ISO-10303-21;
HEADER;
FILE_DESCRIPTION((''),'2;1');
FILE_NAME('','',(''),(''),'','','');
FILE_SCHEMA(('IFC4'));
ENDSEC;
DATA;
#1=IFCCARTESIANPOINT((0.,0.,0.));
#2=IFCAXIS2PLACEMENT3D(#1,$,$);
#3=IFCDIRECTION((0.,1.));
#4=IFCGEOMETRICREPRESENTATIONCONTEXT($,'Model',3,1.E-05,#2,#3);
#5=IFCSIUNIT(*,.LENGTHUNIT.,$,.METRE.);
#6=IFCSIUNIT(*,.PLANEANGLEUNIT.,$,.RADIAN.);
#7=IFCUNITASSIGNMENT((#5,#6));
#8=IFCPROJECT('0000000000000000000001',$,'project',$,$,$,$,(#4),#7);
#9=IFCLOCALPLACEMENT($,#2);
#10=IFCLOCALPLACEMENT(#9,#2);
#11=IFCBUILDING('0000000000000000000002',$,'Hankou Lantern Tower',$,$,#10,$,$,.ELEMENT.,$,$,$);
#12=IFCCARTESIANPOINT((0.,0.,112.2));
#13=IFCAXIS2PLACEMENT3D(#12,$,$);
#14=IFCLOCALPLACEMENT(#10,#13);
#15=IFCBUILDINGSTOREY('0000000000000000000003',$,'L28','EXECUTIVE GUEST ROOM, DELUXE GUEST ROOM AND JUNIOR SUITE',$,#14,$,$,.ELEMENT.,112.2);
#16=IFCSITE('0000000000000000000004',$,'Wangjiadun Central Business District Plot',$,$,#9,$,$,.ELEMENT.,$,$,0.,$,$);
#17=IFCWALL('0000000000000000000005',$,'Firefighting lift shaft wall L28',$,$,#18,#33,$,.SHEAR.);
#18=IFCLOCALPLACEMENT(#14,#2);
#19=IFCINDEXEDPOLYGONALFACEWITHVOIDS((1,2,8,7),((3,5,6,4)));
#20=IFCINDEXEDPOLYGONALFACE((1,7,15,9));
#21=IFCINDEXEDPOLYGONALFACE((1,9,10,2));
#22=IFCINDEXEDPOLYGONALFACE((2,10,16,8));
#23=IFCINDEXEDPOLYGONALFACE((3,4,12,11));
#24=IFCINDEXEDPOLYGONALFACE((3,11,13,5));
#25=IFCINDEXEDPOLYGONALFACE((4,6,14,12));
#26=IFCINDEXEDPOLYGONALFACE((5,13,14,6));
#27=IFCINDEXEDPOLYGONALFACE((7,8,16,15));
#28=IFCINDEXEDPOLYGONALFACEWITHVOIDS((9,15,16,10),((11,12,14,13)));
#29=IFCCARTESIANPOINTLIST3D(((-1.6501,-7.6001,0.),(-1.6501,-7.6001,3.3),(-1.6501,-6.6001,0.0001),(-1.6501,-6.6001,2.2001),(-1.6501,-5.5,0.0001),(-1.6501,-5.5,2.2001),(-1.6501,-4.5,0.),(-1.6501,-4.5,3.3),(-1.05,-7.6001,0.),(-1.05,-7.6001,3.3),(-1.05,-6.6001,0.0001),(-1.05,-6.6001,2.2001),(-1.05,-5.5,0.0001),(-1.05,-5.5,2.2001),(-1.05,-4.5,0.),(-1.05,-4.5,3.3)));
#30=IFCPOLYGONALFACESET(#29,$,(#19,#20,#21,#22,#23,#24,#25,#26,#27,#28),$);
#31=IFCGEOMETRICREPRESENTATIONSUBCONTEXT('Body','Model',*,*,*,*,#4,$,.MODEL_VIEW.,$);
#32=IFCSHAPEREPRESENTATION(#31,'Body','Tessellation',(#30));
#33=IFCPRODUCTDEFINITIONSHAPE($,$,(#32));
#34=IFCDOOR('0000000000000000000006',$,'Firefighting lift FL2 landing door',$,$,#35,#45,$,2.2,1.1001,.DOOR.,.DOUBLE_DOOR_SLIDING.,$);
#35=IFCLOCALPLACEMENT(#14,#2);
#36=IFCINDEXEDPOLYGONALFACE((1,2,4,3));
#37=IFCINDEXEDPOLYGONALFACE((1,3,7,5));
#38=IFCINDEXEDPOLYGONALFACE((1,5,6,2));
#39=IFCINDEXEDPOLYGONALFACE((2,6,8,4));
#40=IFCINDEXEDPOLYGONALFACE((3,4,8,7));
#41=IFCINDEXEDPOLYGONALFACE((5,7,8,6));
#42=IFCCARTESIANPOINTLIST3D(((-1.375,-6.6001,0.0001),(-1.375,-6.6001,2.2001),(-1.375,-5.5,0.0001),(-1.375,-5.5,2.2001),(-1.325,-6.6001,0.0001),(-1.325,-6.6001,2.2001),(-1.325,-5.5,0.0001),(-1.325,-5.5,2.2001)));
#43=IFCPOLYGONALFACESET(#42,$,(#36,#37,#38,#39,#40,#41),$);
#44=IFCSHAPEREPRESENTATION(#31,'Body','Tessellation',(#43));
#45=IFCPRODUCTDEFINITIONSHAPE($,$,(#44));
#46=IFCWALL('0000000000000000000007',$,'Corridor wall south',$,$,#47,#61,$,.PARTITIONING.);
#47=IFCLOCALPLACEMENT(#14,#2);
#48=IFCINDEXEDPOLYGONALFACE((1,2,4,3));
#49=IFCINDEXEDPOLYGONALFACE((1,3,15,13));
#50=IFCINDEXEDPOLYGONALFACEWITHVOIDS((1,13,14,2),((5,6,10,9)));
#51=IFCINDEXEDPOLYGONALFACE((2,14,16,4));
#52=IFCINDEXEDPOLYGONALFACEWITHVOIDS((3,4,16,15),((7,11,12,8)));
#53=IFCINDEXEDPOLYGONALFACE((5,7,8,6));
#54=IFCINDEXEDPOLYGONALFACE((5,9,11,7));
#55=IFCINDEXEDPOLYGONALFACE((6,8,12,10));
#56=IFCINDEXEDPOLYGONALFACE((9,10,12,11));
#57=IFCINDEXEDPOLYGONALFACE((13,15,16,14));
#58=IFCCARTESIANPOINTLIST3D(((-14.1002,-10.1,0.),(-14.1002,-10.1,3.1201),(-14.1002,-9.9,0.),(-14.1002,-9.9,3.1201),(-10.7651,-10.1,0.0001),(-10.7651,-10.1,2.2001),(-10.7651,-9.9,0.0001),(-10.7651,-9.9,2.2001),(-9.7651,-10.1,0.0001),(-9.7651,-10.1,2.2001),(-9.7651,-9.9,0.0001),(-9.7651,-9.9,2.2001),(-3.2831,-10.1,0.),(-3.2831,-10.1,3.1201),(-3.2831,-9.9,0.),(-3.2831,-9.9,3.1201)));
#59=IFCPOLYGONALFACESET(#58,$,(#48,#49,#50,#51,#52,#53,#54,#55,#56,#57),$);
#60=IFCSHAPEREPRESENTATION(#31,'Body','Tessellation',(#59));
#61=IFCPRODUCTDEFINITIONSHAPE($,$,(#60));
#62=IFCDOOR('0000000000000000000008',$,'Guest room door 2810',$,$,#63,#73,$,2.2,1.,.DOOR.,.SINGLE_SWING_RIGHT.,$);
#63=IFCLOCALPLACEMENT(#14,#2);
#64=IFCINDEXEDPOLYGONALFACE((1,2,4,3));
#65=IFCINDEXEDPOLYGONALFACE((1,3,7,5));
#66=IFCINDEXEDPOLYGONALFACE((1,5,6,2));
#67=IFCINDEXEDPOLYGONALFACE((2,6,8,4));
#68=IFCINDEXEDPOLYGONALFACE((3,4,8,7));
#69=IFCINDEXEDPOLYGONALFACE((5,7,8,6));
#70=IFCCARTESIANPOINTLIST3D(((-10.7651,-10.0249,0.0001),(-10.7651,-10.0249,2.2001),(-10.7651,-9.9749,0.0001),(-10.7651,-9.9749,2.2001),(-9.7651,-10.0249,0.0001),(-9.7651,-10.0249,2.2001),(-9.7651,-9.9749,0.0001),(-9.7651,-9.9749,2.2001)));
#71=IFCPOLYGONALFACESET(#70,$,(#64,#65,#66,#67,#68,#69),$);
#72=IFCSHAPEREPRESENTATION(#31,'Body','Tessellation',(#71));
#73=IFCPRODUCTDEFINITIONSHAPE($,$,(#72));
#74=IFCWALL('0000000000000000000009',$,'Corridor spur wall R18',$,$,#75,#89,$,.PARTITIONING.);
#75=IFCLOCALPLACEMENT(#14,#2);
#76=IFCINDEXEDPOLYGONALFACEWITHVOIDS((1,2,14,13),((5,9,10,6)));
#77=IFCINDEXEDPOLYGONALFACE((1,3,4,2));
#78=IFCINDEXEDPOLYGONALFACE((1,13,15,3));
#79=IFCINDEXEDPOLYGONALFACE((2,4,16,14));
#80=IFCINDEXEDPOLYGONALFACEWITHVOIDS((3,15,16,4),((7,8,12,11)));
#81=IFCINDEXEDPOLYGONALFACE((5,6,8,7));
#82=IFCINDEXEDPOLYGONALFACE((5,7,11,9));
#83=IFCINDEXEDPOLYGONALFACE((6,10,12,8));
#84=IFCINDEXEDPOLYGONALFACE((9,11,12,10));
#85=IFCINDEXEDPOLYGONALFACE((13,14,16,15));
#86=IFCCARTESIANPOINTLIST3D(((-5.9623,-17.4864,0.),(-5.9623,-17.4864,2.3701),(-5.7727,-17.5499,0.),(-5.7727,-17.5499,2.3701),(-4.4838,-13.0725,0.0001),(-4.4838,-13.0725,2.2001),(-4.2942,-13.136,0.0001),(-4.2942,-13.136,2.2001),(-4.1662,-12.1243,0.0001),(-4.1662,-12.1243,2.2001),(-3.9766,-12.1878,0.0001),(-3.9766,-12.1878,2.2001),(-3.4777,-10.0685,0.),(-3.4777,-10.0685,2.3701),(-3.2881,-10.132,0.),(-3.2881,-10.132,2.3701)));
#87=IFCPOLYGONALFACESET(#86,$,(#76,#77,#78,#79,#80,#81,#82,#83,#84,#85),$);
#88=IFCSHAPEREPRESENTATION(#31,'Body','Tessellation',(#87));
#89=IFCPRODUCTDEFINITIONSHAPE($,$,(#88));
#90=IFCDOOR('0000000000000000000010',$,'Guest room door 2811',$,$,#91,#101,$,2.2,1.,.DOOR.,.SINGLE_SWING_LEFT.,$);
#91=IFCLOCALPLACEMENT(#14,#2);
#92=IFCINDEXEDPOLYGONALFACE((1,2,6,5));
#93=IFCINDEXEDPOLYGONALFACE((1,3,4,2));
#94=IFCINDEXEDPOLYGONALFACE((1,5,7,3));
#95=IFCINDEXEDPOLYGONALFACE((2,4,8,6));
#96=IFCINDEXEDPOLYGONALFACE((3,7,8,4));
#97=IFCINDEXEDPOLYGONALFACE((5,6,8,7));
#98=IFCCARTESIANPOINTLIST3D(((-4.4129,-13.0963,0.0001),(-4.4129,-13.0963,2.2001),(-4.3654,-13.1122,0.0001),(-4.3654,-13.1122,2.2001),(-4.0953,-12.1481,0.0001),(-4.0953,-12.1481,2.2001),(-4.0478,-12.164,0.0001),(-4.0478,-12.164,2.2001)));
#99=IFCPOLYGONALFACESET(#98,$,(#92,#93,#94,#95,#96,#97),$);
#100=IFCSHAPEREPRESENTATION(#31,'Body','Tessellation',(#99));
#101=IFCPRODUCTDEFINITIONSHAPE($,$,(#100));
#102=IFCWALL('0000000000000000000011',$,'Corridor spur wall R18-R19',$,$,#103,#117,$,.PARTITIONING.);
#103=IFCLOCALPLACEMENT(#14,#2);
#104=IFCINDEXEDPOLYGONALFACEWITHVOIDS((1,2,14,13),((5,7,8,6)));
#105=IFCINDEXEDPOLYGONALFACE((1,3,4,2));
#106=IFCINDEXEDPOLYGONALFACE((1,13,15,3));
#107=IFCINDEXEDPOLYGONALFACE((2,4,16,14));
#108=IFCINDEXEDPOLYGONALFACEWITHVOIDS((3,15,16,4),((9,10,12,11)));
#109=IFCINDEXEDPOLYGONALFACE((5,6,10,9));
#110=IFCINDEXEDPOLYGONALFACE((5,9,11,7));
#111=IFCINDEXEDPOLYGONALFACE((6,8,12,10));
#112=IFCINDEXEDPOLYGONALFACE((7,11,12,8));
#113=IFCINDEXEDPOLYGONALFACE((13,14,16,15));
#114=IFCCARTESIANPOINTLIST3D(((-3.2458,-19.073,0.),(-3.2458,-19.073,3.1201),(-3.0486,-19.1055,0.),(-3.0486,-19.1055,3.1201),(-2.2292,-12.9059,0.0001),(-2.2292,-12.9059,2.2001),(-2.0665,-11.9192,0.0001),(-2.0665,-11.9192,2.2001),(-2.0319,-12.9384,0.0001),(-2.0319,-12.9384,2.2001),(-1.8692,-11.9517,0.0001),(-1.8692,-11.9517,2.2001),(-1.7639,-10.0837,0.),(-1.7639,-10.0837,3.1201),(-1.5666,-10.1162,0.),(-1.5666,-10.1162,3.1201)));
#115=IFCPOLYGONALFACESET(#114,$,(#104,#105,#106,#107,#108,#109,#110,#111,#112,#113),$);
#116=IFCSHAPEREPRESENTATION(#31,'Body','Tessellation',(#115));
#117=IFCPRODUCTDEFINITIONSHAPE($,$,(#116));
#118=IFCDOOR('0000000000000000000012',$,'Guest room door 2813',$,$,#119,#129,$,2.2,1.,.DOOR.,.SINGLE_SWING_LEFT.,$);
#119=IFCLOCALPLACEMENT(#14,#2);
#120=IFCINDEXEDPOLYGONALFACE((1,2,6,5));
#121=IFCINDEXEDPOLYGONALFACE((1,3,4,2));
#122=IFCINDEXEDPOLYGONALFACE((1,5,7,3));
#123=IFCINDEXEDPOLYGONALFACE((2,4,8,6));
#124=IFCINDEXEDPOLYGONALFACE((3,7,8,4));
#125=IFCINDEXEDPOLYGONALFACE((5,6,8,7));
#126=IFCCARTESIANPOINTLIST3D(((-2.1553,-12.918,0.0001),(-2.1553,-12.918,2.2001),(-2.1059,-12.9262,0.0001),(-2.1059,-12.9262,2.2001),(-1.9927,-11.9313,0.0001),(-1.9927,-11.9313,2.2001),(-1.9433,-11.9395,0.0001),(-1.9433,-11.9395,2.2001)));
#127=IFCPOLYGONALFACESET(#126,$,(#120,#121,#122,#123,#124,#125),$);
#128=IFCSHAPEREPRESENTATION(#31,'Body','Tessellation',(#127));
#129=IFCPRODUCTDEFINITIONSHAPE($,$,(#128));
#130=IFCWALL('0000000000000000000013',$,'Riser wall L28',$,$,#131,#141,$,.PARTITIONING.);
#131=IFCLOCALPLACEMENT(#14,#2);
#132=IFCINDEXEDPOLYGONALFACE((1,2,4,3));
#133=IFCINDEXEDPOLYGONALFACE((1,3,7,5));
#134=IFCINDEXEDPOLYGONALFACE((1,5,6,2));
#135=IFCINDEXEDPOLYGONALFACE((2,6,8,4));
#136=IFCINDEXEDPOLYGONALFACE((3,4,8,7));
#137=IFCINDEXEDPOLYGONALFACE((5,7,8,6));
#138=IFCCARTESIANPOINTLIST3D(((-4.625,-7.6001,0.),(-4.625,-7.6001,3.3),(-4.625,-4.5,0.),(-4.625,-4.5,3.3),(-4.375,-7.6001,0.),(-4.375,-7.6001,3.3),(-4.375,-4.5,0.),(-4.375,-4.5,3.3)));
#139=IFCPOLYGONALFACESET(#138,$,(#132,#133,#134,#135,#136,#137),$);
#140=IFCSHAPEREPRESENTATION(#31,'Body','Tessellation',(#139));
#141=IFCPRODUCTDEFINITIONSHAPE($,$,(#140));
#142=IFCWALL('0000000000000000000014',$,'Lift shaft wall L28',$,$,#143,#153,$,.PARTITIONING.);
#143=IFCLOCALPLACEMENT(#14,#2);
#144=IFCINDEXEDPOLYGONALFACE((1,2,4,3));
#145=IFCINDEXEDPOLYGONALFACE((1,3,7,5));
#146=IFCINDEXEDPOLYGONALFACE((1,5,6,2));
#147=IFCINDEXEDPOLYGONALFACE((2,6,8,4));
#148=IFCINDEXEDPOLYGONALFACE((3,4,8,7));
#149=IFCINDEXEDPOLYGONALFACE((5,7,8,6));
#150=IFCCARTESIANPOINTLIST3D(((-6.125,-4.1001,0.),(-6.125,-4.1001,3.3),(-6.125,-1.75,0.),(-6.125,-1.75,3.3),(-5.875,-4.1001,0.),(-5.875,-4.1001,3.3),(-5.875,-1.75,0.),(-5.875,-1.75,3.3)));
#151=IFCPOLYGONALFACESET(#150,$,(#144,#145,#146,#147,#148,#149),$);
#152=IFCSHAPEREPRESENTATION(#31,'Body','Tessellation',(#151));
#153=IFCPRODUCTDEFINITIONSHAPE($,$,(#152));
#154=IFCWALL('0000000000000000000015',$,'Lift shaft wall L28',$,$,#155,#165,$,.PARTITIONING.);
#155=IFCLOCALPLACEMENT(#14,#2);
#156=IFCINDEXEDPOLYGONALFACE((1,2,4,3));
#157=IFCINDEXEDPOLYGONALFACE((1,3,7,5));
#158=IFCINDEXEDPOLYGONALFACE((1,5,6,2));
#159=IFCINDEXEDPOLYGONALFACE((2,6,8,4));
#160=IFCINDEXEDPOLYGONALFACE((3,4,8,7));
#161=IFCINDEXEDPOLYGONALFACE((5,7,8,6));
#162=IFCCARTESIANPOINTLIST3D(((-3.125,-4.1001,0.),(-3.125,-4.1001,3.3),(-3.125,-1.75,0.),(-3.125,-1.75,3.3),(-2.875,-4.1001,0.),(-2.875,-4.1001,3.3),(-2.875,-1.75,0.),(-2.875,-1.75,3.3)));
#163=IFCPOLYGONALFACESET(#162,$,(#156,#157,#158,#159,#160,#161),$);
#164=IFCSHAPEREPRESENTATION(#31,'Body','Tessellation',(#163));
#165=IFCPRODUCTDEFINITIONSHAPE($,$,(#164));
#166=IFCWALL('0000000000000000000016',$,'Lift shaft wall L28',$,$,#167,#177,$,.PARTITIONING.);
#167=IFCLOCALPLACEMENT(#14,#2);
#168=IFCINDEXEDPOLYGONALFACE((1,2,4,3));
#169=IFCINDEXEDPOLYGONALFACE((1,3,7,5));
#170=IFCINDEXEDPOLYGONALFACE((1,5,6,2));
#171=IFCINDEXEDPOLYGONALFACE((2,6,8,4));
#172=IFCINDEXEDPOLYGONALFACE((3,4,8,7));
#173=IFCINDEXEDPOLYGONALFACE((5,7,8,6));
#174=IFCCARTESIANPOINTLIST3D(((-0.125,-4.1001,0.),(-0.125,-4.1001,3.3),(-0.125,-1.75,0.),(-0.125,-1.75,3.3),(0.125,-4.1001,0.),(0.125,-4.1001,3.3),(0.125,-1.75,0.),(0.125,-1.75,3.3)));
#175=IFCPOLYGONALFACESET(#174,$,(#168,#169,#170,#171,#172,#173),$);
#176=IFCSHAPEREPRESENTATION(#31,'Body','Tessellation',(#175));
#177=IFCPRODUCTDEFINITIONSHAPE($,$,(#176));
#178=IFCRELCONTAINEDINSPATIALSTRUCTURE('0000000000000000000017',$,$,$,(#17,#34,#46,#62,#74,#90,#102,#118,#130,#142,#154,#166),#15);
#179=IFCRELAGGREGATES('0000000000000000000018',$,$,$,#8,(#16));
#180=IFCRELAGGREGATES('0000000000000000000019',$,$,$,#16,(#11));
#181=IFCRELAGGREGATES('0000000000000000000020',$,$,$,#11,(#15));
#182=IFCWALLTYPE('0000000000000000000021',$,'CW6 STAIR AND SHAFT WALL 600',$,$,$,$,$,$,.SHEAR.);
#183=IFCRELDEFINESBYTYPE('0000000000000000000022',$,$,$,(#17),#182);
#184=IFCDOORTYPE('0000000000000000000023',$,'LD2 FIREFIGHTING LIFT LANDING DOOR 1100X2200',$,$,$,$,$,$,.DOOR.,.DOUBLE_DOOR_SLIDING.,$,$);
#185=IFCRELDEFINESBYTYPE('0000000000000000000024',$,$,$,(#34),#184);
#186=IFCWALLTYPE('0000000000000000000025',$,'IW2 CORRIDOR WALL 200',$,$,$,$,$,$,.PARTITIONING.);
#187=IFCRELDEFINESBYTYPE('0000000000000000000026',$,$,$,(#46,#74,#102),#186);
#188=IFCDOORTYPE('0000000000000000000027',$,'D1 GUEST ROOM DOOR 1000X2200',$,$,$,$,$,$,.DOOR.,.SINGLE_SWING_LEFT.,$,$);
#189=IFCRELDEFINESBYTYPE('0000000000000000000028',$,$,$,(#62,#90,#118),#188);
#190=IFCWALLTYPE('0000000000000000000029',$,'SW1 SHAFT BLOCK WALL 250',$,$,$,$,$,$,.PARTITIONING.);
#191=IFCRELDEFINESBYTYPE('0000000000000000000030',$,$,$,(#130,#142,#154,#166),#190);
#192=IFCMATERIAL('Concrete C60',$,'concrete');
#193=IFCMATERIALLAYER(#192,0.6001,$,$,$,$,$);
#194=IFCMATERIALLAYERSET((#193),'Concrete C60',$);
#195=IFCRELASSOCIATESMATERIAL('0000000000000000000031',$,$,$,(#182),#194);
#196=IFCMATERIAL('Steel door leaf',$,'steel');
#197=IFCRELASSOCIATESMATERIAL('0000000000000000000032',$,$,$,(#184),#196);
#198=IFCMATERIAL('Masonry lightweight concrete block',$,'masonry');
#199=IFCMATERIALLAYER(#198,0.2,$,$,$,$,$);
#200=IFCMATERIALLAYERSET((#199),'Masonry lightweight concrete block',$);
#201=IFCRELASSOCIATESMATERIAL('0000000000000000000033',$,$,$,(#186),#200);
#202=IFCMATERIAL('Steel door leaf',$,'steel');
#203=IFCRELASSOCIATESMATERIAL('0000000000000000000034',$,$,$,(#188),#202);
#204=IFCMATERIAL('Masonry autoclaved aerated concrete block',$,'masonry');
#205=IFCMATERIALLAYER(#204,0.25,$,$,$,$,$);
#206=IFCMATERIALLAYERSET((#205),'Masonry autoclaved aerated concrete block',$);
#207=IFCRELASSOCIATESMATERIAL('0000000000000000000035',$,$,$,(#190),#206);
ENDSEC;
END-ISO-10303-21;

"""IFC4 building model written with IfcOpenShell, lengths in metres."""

from ifc_helpers import new_model, si_unit, direction, frame, frame_2d, origin, place, context, subcontext, project, spatial, rectangle, extrude, material, layer, layer_set, type_object, element, fill, save


model = new_model("IFC4")

# Units and contexts
model_context = context("Model", 3, precision=1e-05, world=origin(), true_north=direction((0.0, 1.0)))
body_context = subcontext(model_context, "Body", "Model", "MODEL_VIEW")
ifc_project = project(units=[si_unit("LENGTHUNIT", "METRE"), si_unit("PLANEANGLEUNIT", "RADIAN")], contexts=[model_context])

# Site, building, storey
site_placement = place(None, origin())
site = spatial("IfcSite", under=ifc_project, at=site_placement, Name="Wangjiadun Central Business District Plot", CompositionType="ELEMENT", RefElevation=0.0)
building_placement = place(site_placement, origin())
building = spatial("IfcBuilding", under=site, at=building_placement, Name="Hankou Lantern Tower", CompositionType="ELEMENT")
storey_placement = place(building_placement, frame((0.0, 0.0, 112.2)))
storey = spatial("IfcBuildingStorey", under=building, at=storey_placement, Name="L28", Description="EXECUTIVE GUEST ROOM, DELUXE GUEST ROOM AND JUNIOR SUITE", CompositionType="ELEMENT", Elevation=112.2)

# Walls, openings, doors
ifc_material_1 = material(Name="Concrete C60", Category="concrete")
ifc_layer_1 = layer(ifc_material_1, 0.6001)
ifc_layer_set_1 = layer_set([ifc_layer_1], Name="Concrete C60")
wall_type_1 = type_object("IfcWallType", Name="CW6 STAIR AND SHAFT WALL 600", PredefinedType="SHEAR", material=ifc_layer_set_1)
wall_1_placement = place(storey_placement, frame((-1.3501, -7.6001, 0.0), z_axis=(0.0, 0.0, 1.0), x_axis=(0.0, 1.0, 0.0)))
wall_1 = element("IfcWall", 1, at=wall_1_placement, inside=storey, type_object=wall_type_1, Name="Firefighting lift shaft wall L28", PredefinedType="SHEAR", context=body_context, shape_type="SweptSolid", body=[
    extrude(rectangle(XDim=3.1001, YDim=0.6001, at=frame_2d((1.55, 0.0))), origin(), (0.0, 0.0, 1.0), 3.3),
])
opening_1_placement = place(wall_1_placement, frame((1.0, 0.0, 0.0)))
opening_1 = element("IfcOpeningElement", 2, at=opening_1_placement, cuts=wall_1, PredefinedType="OPENING", context=body_context, shape_type="SweptSolid", body=[
    extrude(rectangle(XDim=1.1001, YDim=2.2, at=frame_2d((0.55, 1.1001))), frame((0.0, 0.3101, 0.0), z_axis=(0.0, -1.0, 0.0), x_axis=(1.0, 0.0, 0.0)), (0.0, 0.0, 1.0), 0.6201),
])
ifc_material_2 = material(Name="Steel door leaf", Category="steel")
door_type_1 = type_object("IfcDoorType", Name="LD2 FIREFIGHTING LIFT LANDING DOOR 1100X2200", OperationType="DOUBLE_DOOR_SLIDING", PredefinedType="DOOR", material=ifc_material_2)
door_1_placement = place(opening_1_placement, origin())
door_1 = element("IfcDoor", 3, at=door_1_placement, inside=storey, type_object=door_type_1, Name="Firefighting lift FL2 landing door", OperationType="DOUBLE_DOOR_SLIDING", OverallHeight=2.2, OverallWidth=1.1001, PredefinedType="DOOR", context=body_context, shape_type="SweptSolid", body=[
    extrude(rectangle(XDim=1.1001, YDim=2.2, at=frame_2d((0.55, 1.1001))), frame((0.0, 0.0249, 0.0), z_axis=(0.0, -1.0, 0.0), x_axis=(1.0, 0.0, 0.0)), (0.0, 0.0, 1.0), 0.05),
])
fill(opening_1, door_1)
ifc_material_3 = material(Name="Masonry lightweight concrete block", Category="masonry")
ifc_layer_2 = layer(ifc_material_3, 0.2)
ifc_layer_set_2 = layer_set([ifc_layer_2], Name="Masonry lightweight concrete block")
wall_type_2 = type_object("IfcWallType", Name="IW2 CORRIDOR WALL 200", PredefinedType="PARTITIONING", material=ifc_layer_set_2)
wall_2_placement = place(storey_placement, frame((-3.283, -10.0, 0.0), z_axis=(0.0, 0.0, 1.0), x_axis=(-1.0, 0.0, 0.0)))
wall_2 = element("IfcWall", 4, at=wall_2_placement, inside=storey, type_object=wall_type_2, Name="Corridor wall south", PredefinedType="PARTITIONING", context=body_context, shape_type="SweptSolid", body=[
    extrude(rectangle(XDim=10.8171, YDim=0.2, at=frame_2d((5.4087, 0.0))), origin(), (0.0, 0.0, 1.0), 3.1201),
])
opening_2_placement = place(wall_2_placement, frame((6.4822, 0.0, 0.0)))
opening_2 = element("IfcOpeningElement", 5, at=opening_2_placement, cuts=wall_2, PredefinedType="OPENING", context=body_context, shape_type="SweptSolid", body=[
    extrude(rectangle(XDim=1.0, YDim=2.2, at=frame_2d((0.5, 1.1001))), frame((0.0, 0.1099, 0.0), z_axis=(0.0, -1.0, 0.0), x_axis=(1.0, 0.0, 0.0)), (0.0, 0.0, 1.0), 0.22),
])
ifc_material_4 = material(Name="Steel door leaf", Category="steel")
door_type_2 = type_object("IfcDoorType", Name="D1 GUEST ROOM DOOR 1000X2200", OperationType="SINGLE_SWING_LEFT", PredefinedType="DOOR", material=ifc_material_4)
door_2_placement = place(opening_2_placement, origin())
door_2 = element("IfcDoor", 6, at=door_2_placement, inside=storey, type_object=door_type_2, Name="Guest room door 2810", OperationType="SINGLE_SWING_RIGHT", OverallHeight=2.2, OverallWidth=1.0, PredefinedType="DOOR", context=body_context, shape_type="SweptSolid", body=[
    extrude(rectangle(XDim=1.0, YDim=2.2, at=frame_2d((0.5, 1.1001))), frame((0.0, 0.0249, 0.0), z_axis=(0.0, -1.0, 0.0), x_axis=(1.0, 0.0, 0.0)), (0.0, 0.0, 1.0), 0.05),
])
fill(opening_2, door_2)
wall_3_placement = place(storey_placement, frame((-3.3828, -10.1001, 0.0), z_axis=(0.0, 0.0, 1.0), x_axis=(-0.317604, -0.948224, 0.0)))
wall_3 = element("IfcWall", 7, at=wall_3_placement, inside=storey, type_object=wall_type_2, Name="Corridor spur wall R18", PredefinedType="PARTITIONING", context=body_context, shape_type="SweptSolid", body=[
    extrude(rectangle(XDim=7.823, YDim=0.2, at=frame_2d((3.9116, 0.0))), origin(), (0.0, 0.0, 1.0), 2.3701),
])
opening_3_placement = place(wall_3_placement, frame((2.1682, 0.0, 0.0)))
opening_3 = element("IfcOpeningElement", 8, at=opening_3_placement, cuts=wall_3, PredefinedType="OPENING", context=body_context, shape_type="SweptSolid", body=[
    extrude(rectangle(XDim=1.0, YDim=2.2, at=frame_2d((0.5, 1.1001))), frame((0.0, 0.1099, 0.0), z_axis=(0.0, -1.0, 0.0), x_axis=(1.0, 0.0, 0.0)), (0.0, 0.0, 1.0), 0.22),
])
door_3_placement = place(opening_3_placement, origin())
door_3 = element("IfcDoor", 9, at=door_3_placement, inside=storey, type_object=door_type_2, Name="Guest room door 2811", OperationType="SINGLE_SWING_LEFT", OverallHeight=2.2, OverallWidth=1.0, PredefinedType="DOOR", context=body_context, shape_type="SweptSolid", body=[
    extrude(rectangle(XDim=1.0, YDim=2.2, at=frame_2d((0.5, 1.1001))), frame((0.0, 0.0249, 0.0), z_axis=(0.0, -1.0, 0.0), x_axis=(1.0, 0.0, 0.0)), (0.0, 0.0, 1.0), 0.05),
])
fill(opening_3, door_3)
wall_4_placement = place(storey_placement, frame((-1.6653, -10.1001, 0.0), z_axis=(0.0, 0.0, 1.0), x_axis=(-0.162661, -0.986682, 0.0)))
wall_4 = element("IfcWall", 10, at=wall_4_placement, inside=storey, type_object=wall_type_2, Name="Corridor spur wall R18-R19", PredefinedType="PARTITIONING", context=body_context, shape_type="SweptSolid", body=[
    extrude(rectangle(XDim=9.1106, YDim=0.2, at=frame_2d((4.5552, 0.0))), origin(), (0.0, 0.0, 1.0), 3.1201),
])
opening_4_placement = place(wall_4_placement, frame((1.8601, 0.0, 0.0)))
opening_4 = element("IfcOpeningElement", 11, at=opening_4_placement, cuts=wall_4, PredefinedType="OPENING", context=body_context, shape_type="SweptSolid", body=[
    extrude(rectangle(XDim=1.0, YDim=2.2, at=frame_2d((0.5, 1.1001))), frame((0.0, 0.1099, 0.0), z_axis=(0.0, -1.0, 0.0), x_axis=(1.0, 0.0, 0.0)), (0.0, 0.0, 1.0), 0.22),
])
door_4_placement = place(opening_4_placement, origin())
door_4 = element("IfcDoor", 12, at=door_4_placement, inside=storey, type_object=door_type_2, Name="Guest room door 2813", OperationType="SINGLE_SWING_LEFT", OverallHeight=2.2, OverallWidth=1.0, PredefinedType="DOOR", context=body_context, shape_type="SweptSolid", body=[
    extrude(rectangle(XDim=1.0, YDim=2.2, at=frame_2d((0.5, 1.1001))), frame((0.0, 0.0249, 0.0), z_axis=(0.0, -1.0, 0.0), x_axis=(1.0, 0.0, 0.0)), (0.0, 0.0, 1.0), 0.05),
])
fill(opening_4, door_4)

# Walls
ifc_material_5 = material(Name="Masonry autoclaved aerated concrete block", Category="masonry")
ifc_layer_3 = layer(ifc_material_5, 0.25)
ifc_layer_set_3 = layer_set([ifc_layer_3], Name="Masonry autoclaved aerated concrete block")
wall_type_3 = type_object("IfcWallType", Name="SW1 SHAFT BLOCK WALL 250", PredefinedType="PARTITIONING", material=ifc_layer_set_3)
wall_5_placement = place(storey_placement, frame((-4.5, -7.6001, 0.0), z_axis=(0.0, 0.0, 1.0), x_axis=(0.0, 1.0, 0.0)))
element("IfcWall", 13, at=wall_5_placement, inside=storey, type_object=wall_type_3, Name="Riser wall L28", PredefinedType="PARTITIONING", context=body_context, shape_type="SweptSolid", body=[
    extrude(rectangle(XDim=3.1001, YDim=0.25, at=frame_2d((1.55, 0.0))), origin(), (0.0, 0.0, 1.0), 3.3),
])
for number, where, z_axis, x_axis, name in (
    (14, (-6.0, -4.1001, 0.0), (0.0, 0.0, 1.0), (0.0, 1.0, 0.0), "Lift shaft wall L28"),
    (15, (-3.0, -4.1001, 0.0), (0.0, 0.0, 1.0), (0.0, 1.0, 0.0), "Lift shaft wall L28"),
    (16, (0.0, -4.1001, 0.0), (0.0, 0.0, 1.0), (0.0, 1.0, 0.0), "Lift shaft wall L28"),
):
    element("IfcWall", number, at=place(storey_placement, frame(where, z_axis=z_axis, x_axis=x_axis)), inside=storey, type_object=wall_type_3, Name=name, PredefinedType="PARTITIONING", context=body_context, shape_type="SweptSolid", body=[
        extrude(rectangle(XDim=2.3501, YDim=0.25, at=frame_2d((1.175, 0.0))), origin(), (0.0, 0.0, 1.0), 3.3),
    ])

save(model, "model.ifc")
